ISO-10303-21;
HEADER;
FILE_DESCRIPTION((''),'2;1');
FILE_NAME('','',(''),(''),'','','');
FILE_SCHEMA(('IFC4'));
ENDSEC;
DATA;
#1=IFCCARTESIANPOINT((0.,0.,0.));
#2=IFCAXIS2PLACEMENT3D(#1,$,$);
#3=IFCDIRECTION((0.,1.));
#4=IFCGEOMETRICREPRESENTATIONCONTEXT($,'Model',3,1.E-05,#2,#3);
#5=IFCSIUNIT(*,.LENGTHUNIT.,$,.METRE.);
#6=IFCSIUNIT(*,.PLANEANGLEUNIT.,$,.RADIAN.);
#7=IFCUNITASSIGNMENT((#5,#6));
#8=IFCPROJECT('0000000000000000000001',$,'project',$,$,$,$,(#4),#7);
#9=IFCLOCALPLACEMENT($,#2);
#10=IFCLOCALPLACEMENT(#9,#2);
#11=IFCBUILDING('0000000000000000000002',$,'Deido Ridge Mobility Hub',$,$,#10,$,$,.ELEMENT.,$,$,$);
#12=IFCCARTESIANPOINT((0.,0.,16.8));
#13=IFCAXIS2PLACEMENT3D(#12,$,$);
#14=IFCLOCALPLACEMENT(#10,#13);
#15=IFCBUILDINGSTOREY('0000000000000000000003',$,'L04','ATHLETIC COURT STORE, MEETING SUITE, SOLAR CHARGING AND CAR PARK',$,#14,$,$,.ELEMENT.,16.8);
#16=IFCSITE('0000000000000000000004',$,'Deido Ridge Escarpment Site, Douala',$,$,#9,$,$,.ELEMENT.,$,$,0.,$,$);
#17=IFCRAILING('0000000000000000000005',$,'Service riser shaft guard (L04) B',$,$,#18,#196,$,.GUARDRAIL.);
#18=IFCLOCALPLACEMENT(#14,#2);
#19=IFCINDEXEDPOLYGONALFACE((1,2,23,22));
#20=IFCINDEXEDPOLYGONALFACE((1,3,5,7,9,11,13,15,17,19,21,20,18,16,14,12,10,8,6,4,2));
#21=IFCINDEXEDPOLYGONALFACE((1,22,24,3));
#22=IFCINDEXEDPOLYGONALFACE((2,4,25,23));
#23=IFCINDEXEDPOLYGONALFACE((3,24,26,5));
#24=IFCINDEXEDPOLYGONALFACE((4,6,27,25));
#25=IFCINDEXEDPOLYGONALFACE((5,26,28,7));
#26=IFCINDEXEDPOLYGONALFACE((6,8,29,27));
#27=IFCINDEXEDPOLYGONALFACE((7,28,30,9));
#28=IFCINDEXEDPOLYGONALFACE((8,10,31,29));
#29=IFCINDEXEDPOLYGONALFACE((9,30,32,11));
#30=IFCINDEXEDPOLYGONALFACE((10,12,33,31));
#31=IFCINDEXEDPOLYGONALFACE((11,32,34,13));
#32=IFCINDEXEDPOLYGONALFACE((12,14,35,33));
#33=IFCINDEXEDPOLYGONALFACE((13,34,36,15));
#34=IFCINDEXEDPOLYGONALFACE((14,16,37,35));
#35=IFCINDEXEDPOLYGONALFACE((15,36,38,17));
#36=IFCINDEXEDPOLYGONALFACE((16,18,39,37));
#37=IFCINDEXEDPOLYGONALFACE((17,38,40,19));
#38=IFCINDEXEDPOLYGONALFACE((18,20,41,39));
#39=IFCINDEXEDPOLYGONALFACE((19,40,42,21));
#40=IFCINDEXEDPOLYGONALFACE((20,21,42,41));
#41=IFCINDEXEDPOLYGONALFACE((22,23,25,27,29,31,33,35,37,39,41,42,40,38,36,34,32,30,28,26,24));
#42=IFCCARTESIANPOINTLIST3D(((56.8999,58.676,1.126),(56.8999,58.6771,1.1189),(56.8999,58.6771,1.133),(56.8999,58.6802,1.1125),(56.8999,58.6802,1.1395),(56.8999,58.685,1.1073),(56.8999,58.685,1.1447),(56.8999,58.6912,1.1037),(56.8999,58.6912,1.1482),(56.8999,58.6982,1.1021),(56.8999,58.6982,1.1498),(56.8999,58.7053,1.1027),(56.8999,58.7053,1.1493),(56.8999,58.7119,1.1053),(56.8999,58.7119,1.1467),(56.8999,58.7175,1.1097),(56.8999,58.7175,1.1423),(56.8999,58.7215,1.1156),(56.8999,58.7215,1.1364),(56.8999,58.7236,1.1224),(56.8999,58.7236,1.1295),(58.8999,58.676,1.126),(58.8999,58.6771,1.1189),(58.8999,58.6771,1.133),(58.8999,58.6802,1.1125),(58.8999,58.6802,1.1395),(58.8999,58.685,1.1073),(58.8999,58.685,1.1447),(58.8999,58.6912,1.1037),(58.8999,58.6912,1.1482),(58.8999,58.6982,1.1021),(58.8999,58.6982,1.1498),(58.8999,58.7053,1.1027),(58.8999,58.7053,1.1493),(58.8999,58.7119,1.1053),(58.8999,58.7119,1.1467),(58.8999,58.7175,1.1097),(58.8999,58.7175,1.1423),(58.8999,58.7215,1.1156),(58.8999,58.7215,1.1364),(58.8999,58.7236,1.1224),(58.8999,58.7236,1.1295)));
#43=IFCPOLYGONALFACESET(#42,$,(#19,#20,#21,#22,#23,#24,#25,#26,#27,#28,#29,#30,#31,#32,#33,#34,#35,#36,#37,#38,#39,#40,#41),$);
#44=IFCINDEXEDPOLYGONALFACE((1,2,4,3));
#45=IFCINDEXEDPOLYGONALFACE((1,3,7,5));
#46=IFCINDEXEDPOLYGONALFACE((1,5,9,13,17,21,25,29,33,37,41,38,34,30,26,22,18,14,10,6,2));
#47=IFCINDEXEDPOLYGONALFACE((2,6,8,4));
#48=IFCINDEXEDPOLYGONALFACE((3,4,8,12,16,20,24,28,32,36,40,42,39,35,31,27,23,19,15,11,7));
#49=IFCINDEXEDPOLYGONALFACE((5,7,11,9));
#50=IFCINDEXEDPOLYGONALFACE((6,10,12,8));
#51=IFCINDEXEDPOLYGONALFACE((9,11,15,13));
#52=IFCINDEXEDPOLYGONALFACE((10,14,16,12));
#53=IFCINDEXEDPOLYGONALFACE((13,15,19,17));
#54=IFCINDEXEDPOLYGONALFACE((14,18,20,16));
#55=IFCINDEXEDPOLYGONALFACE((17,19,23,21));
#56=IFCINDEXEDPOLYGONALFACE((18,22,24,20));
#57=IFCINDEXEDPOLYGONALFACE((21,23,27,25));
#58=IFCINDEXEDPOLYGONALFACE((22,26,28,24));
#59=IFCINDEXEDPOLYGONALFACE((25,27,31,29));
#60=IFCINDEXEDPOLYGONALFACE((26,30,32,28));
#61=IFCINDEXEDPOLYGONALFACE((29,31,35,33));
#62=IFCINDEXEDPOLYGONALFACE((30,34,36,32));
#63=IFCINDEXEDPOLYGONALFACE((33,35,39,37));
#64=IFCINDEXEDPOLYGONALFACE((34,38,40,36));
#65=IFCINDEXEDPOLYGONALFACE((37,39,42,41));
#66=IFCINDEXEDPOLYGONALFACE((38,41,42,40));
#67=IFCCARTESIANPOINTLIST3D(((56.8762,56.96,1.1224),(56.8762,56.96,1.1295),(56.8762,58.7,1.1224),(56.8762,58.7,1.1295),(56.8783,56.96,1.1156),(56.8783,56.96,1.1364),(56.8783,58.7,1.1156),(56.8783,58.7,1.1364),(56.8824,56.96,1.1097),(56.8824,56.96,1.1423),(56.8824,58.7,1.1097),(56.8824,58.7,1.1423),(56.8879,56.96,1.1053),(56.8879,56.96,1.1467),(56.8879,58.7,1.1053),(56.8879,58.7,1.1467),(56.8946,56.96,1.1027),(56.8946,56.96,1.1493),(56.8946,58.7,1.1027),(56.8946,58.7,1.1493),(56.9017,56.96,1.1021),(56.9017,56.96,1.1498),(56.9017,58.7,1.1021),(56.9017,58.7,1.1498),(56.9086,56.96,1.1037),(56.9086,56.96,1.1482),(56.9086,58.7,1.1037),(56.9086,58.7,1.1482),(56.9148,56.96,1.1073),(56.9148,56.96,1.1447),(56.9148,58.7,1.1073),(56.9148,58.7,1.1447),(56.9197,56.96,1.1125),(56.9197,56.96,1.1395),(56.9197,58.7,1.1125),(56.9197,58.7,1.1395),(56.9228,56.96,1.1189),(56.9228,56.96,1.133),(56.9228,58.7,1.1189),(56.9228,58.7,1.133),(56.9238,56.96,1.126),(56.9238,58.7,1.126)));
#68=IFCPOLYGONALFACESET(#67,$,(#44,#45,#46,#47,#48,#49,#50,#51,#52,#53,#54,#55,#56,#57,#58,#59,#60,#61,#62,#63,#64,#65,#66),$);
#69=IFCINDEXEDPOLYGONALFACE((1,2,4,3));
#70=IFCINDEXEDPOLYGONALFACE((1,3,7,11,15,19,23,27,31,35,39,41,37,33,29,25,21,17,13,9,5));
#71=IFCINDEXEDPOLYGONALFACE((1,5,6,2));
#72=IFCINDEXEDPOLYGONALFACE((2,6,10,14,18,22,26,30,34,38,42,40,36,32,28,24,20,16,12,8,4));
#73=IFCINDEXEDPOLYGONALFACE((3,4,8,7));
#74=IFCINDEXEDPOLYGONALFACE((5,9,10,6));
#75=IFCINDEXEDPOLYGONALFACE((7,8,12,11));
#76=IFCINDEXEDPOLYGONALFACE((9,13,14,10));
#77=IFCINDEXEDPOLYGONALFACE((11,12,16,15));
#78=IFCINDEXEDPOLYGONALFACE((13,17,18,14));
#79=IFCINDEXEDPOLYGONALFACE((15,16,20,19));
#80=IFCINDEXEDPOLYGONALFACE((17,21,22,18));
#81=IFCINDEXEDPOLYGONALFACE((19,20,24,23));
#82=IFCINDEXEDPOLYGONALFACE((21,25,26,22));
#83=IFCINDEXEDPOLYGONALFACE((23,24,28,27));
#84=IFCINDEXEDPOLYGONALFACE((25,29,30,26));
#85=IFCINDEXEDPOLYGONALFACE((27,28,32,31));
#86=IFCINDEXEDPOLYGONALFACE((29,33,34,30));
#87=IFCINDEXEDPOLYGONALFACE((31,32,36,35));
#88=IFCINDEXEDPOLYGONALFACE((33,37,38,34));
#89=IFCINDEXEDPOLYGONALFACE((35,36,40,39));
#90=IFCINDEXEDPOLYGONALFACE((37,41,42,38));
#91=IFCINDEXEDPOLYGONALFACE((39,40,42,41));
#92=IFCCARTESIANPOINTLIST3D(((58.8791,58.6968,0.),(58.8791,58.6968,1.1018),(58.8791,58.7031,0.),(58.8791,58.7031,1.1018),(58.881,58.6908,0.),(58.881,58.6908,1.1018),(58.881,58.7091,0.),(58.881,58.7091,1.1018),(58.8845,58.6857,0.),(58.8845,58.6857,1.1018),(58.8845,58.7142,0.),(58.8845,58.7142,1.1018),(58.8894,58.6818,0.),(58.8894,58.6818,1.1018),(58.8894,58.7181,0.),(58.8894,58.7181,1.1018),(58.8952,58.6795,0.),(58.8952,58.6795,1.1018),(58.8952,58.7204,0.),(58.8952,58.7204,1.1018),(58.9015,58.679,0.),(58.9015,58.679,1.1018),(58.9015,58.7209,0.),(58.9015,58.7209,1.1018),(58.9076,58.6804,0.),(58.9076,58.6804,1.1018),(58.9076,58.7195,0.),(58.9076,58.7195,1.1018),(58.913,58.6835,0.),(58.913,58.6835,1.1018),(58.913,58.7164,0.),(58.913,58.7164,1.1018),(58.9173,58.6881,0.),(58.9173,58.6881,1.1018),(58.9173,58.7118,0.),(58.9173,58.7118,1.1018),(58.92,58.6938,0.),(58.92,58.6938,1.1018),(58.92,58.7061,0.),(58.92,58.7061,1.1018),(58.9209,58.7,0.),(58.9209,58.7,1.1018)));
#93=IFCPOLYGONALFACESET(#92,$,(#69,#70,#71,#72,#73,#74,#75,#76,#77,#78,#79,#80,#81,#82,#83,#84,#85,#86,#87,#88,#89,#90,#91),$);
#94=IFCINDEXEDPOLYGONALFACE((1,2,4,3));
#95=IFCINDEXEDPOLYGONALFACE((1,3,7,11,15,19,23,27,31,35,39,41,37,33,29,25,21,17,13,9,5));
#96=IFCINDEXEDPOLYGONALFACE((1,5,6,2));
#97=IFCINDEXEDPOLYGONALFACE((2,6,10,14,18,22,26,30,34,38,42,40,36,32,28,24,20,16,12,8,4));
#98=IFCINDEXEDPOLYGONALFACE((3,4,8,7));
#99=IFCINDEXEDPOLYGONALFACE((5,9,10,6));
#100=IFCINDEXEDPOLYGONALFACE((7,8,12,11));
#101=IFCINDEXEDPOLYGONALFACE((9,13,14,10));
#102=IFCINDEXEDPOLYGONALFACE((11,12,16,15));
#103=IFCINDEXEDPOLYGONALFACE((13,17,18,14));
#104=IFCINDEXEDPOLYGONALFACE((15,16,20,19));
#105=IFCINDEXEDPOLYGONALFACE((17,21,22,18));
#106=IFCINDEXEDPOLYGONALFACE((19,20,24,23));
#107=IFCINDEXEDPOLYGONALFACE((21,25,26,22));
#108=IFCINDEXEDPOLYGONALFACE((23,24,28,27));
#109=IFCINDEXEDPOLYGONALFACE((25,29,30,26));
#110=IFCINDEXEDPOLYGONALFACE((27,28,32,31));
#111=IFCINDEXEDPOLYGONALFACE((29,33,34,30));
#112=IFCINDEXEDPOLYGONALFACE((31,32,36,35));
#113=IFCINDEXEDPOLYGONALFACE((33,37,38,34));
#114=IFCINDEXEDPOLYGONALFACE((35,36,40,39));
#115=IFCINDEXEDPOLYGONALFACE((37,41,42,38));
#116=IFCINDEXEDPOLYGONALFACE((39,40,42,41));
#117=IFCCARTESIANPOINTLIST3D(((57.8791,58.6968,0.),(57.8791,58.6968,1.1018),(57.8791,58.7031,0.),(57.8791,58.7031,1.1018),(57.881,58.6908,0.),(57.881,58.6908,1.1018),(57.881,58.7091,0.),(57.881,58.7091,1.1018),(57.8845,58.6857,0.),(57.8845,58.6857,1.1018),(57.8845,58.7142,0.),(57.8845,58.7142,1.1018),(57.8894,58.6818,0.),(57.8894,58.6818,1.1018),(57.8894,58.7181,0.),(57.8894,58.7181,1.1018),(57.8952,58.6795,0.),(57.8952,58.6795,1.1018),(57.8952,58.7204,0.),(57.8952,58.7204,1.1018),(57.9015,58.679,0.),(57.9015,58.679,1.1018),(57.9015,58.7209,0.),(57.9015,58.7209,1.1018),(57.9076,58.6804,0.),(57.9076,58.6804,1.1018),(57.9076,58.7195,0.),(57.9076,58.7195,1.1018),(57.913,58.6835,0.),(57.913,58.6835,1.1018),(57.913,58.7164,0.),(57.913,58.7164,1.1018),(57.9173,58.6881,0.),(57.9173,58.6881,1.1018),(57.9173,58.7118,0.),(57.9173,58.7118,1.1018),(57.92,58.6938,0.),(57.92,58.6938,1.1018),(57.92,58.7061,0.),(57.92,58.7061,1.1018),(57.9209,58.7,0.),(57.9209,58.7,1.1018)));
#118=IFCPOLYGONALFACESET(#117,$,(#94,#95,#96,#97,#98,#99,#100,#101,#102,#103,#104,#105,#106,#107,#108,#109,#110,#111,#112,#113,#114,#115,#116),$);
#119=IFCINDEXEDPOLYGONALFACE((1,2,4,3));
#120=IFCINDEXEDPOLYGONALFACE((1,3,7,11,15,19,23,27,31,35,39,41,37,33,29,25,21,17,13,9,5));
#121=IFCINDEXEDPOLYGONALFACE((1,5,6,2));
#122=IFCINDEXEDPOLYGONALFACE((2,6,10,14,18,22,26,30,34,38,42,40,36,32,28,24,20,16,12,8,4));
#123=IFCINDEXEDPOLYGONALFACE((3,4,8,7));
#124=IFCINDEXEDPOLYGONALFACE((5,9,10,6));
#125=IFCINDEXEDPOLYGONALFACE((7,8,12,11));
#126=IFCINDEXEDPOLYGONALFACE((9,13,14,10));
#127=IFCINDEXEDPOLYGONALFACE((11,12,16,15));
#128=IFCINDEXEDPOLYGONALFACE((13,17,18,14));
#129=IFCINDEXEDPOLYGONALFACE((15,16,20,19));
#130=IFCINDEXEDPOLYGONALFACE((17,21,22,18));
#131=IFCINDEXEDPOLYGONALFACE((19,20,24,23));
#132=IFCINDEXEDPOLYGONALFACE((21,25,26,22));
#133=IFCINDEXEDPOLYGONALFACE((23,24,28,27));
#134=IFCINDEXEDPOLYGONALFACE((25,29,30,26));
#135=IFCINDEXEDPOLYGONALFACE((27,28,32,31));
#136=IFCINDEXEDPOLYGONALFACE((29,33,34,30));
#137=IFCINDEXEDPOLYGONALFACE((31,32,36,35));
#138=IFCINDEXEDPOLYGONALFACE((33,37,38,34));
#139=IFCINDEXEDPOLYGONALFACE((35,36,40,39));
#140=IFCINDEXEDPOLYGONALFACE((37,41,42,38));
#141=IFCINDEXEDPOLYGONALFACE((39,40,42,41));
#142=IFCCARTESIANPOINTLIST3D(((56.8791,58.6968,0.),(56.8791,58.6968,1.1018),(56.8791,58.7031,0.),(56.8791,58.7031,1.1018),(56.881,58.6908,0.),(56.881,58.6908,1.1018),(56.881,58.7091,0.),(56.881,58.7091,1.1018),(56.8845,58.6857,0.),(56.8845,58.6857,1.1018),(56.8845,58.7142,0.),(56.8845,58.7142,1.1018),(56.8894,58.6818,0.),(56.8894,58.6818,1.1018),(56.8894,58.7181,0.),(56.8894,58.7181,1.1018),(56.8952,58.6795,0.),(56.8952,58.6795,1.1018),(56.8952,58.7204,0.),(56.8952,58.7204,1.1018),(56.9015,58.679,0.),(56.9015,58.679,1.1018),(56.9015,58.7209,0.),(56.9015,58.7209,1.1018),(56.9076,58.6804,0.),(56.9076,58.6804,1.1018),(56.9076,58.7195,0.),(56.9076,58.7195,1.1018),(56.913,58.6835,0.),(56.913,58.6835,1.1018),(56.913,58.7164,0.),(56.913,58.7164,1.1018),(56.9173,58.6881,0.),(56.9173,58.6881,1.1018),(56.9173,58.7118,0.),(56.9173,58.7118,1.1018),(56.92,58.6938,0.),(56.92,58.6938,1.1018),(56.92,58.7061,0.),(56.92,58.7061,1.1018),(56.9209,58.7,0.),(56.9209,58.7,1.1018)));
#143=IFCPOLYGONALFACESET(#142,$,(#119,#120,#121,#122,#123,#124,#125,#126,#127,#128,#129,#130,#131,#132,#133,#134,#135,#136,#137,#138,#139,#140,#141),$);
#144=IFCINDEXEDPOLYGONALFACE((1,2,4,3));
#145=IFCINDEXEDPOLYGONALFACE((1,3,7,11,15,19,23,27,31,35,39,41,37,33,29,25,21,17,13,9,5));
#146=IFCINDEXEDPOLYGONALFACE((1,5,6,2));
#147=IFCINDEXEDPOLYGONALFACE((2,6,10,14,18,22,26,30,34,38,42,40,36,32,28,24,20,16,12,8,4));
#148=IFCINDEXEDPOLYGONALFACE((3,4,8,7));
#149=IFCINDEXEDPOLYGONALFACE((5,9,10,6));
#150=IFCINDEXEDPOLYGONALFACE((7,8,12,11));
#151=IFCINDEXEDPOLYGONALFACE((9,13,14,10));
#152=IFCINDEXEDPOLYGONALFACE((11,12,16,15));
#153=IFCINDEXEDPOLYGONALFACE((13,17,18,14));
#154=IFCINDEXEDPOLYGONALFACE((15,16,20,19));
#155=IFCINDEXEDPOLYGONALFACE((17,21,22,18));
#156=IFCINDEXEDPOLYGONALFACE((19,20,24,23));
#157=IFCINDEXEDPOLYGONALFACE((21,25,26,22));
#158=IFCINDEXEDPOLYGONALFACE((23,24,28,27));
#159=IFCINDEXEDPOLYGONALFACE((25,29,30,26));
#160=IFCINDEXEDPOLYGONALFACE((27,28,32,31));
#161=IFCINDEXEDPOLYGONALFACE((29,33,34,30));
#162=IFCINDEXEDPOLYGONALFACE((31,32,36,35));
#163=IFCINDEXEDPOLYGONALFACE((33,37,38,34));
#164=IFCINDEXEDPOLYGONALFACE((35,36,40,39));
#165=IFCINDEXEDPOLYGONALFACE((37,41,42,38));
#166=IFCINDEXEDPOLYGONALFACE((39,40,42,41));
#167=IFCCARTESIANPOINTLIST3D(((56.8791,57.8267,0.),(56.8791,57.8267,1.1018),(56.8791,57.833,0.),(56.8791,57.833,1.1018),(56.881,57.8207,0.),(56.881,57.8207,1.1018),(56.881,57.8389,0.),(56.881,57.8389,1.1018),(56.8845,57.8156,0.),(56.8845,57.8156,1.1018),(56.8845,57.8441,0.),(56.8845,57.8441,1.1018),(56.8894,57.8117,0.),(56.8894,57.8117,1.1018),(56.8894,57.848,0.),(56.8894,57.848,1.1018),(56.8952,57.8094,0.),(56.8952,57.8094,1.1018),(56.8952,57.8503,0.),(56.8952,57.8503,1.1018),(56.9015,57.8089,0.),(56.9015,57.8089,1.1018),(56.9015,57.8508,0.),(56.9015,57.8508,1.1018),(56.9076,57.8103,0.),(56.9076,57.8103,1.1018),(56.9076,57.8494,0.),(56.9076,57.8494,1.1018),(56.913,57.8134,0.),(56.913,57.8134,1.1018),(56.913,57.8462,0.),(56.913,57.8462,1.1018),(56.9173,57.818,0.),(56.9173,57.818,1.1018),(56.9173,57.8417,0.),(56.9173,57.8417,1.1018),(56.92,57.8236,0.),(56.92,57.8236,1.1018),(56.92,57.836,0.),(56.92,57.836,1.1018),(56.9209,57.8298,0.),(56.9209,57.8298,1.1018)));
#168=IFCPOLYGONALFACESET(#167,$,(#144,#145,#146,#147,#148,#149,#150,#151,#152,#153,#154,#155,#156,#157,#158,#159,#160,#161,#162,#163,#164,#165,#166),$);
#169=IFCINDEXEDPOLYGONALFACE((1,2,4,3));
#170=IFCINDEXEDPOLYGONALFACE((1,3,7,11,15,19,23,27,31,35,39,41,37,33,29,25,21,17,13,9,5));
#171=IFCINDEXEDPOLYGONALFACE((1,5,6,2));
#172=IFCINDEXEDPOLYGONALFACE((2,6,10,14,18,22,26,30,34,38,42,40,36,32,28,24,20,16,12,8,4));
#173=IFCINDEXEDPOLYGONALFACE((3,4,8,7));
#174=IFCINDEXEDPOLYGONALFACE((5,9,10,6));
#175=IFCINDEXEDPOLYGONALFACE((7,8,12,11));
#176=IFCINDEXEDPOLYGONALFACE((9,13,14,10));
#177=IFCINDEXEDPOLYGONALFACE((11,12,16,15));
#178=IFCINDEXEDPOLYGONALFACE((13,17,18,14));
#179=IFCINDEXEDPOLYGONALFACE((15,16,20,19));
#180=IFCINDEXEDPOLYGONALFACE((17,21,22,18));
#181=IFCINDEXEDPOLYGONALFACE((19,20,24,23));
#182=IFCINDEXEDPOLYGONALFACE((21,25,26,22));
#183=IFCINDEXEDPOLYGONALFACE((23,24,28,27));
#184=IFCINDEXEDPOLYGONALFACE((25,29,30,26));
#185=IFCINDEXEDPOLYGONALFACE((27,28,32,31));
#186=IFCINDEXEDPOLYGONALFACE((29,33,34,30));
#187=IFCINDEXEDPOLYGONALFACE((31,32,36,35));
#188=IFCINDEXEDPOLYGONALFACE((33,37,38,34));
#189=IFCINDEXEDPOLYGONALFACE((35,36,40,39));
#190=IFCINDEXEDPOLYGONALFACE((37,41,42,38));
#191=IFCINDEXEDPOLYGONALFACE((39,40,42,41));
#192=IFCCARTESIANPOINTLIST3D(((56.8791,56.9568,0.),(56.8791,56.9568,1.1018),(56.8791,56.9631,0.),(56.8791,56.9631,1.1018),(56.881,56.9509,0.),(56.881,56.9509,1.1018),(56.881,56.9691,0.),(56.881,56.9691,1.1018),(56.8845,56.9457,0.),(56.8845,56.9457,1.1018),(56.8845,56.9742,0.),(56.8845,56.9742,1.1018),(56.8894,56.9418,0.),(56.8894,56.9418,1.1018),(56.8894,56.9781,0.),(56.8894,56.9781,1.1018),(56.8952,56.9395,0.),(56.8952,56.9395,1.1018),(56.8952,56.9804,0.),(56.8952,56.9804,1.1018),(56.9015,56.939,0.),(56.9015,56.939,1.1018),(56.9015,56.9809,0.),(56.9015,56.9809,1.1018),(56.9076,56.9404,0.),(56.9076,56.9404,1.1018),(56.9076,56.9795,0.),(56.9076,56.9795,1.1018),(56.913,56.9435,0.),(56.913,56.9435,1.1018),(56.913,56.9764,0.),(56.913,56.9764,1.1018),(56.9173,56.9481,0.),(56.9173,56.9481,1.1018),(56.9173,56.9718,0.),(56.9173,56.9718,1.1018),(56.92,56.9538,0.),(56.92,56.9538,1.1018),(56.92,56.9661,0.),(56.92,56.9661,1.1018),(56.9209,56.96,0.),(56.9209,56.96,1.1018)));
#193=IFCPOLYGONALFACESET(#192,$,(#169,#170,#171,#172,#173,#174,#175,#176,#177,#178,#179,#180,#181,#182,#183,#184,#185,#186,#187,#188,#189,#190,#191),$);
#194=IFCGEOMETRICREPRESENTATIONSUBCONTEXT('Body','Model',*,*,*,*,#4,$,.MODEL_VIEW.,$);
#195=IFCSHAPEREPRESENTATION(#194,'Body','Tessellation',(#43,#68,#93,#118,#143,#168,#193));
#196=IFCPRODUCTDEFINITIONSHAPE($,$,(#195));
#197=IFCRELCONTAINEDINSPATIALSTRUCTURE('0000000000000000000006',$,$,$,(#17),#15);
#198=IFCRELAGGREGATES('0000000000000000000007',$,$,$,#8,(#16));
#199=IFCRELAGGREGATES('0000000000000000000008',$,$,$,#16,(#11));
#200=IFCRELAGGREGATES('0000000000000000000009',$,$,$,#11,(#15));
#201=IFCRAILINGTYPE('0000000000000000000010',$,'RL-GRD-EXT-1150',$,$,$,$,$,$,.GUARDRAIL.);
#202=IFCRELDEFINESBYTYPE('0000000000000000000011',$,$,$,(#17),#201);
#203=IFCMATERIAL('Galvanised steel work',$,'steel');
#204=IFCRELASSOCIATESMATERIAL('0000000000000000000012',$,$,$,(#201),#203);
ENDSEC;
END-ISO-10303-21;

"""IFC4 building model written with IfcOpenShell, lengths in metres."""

from ifc_helpers import new_model, si_unit, direction, frame, origin, origin_2d, place, context, subcontext, project, spatial, circle, extrude, material, type_object, element, save


model = new_model("IFC4")

# Units and contexts
model_context = context("Model", 3, precision=1e-05, world=origin(), true_north=direction((0.0, 1.0)))
body_context = subcontext(model_context, "Body", "Model", "MODEL_VIEW")
ifc_project = project(units=[si_unit("LENGTHUNIT", "METRE"), si_unit("PLANEANGLEUNIT", "RADIAN")], contexts=[model_context])

# Site, building, storey
site_placement = place(None, origin())
site = spatial("IfcSite", under=ifc_project, at=site_placement, Name="Deido Ridge Escarpment Site, Douala", CompositionType="ELEMENT", RefElevation=0.0)
building_placement = place(site_placement, origin())
building = spatial("IfcBuilding", under=site, at=building_placement, Name="Deido Ridge Mobility Hub", CompositionType="ELEMENT")
storey_placement = place(building_placement, frame((0.0, 0.0, 16.8)))
storey = spatial("IfcBuildingStorey", under=building, at=storey_placement, Name="L04", Description="ATHLETIC COURT STORE, MEETING SUITE, SOLAR CHARGING AND CAR PARK", CompositionType="ELEMENT", Elevation=16.8)

# Railing
ifc_material_1 = material(Name="Galvanised steel work", Category="steel")
railing_type = type_object("IfcRailingType", Name="RL-GRD-EXT-1150", PredefinedType="GUARDRAIL", material=ifc_material_1)
railing_placement = place(storey_placement, frame((58.8999, 58.7, 0.0)))
element("IfcRailing", 1, at=railing_placement, inside=storey, type_object=railing_type, Name="Service riser shaft guard (L04) B", PredefinedType="GUARDRAIL", context=body_context, shape_type="SweptSolid", body=[
    extrude(circle(Radius=0.0239, at=origin_2d()), frame((0.0, 0.0, 1.126), z_axis=(-1.0, 0.0, 0.0), x_axis=(0.0, -1.0, 0.0)), (0.0, 0.0, 1.0), 2.0),
    extrude(circle(Radius=0.0239, at=origin_2d()), frame((-2.0, 0.0, 1.126), z_axis=(0.0, -1.0, 0.0), x_axis=(1.0, 0.0, 0.0)), (0.0, 0.0, 1.0), 1.74),
    extrude(circle(Radius=0.021, at=origin_2d()), origin(), (0.0, 0.0, 1.0), 1.1018),
    extrude(circle(Radius=0.021, at=origin_2d()), frame((-1.0, 0.0, 0.0)), (0.0, 0.0, 1.0), 1.1018),
    extrude(circle(Radius=0.021, at=origin_2d()), frame((-2.0, 0.0, 0.0)), (0.0, 0.0, 1.0), 1.1018),
    extrude(circle(Radius=0.021, at=origin_2d()), frame((-2.0, -0.8701, 0.0)), (0.0, 0.0, 1.0), 1.1018),
    extrude(circle(Radius=0.021, at=origin_2d()), frame((-2.0, -1.74, 0.0)), (0.0, 0.0, 1.0), 1.1018),
])

save(model, "model.ifc")
